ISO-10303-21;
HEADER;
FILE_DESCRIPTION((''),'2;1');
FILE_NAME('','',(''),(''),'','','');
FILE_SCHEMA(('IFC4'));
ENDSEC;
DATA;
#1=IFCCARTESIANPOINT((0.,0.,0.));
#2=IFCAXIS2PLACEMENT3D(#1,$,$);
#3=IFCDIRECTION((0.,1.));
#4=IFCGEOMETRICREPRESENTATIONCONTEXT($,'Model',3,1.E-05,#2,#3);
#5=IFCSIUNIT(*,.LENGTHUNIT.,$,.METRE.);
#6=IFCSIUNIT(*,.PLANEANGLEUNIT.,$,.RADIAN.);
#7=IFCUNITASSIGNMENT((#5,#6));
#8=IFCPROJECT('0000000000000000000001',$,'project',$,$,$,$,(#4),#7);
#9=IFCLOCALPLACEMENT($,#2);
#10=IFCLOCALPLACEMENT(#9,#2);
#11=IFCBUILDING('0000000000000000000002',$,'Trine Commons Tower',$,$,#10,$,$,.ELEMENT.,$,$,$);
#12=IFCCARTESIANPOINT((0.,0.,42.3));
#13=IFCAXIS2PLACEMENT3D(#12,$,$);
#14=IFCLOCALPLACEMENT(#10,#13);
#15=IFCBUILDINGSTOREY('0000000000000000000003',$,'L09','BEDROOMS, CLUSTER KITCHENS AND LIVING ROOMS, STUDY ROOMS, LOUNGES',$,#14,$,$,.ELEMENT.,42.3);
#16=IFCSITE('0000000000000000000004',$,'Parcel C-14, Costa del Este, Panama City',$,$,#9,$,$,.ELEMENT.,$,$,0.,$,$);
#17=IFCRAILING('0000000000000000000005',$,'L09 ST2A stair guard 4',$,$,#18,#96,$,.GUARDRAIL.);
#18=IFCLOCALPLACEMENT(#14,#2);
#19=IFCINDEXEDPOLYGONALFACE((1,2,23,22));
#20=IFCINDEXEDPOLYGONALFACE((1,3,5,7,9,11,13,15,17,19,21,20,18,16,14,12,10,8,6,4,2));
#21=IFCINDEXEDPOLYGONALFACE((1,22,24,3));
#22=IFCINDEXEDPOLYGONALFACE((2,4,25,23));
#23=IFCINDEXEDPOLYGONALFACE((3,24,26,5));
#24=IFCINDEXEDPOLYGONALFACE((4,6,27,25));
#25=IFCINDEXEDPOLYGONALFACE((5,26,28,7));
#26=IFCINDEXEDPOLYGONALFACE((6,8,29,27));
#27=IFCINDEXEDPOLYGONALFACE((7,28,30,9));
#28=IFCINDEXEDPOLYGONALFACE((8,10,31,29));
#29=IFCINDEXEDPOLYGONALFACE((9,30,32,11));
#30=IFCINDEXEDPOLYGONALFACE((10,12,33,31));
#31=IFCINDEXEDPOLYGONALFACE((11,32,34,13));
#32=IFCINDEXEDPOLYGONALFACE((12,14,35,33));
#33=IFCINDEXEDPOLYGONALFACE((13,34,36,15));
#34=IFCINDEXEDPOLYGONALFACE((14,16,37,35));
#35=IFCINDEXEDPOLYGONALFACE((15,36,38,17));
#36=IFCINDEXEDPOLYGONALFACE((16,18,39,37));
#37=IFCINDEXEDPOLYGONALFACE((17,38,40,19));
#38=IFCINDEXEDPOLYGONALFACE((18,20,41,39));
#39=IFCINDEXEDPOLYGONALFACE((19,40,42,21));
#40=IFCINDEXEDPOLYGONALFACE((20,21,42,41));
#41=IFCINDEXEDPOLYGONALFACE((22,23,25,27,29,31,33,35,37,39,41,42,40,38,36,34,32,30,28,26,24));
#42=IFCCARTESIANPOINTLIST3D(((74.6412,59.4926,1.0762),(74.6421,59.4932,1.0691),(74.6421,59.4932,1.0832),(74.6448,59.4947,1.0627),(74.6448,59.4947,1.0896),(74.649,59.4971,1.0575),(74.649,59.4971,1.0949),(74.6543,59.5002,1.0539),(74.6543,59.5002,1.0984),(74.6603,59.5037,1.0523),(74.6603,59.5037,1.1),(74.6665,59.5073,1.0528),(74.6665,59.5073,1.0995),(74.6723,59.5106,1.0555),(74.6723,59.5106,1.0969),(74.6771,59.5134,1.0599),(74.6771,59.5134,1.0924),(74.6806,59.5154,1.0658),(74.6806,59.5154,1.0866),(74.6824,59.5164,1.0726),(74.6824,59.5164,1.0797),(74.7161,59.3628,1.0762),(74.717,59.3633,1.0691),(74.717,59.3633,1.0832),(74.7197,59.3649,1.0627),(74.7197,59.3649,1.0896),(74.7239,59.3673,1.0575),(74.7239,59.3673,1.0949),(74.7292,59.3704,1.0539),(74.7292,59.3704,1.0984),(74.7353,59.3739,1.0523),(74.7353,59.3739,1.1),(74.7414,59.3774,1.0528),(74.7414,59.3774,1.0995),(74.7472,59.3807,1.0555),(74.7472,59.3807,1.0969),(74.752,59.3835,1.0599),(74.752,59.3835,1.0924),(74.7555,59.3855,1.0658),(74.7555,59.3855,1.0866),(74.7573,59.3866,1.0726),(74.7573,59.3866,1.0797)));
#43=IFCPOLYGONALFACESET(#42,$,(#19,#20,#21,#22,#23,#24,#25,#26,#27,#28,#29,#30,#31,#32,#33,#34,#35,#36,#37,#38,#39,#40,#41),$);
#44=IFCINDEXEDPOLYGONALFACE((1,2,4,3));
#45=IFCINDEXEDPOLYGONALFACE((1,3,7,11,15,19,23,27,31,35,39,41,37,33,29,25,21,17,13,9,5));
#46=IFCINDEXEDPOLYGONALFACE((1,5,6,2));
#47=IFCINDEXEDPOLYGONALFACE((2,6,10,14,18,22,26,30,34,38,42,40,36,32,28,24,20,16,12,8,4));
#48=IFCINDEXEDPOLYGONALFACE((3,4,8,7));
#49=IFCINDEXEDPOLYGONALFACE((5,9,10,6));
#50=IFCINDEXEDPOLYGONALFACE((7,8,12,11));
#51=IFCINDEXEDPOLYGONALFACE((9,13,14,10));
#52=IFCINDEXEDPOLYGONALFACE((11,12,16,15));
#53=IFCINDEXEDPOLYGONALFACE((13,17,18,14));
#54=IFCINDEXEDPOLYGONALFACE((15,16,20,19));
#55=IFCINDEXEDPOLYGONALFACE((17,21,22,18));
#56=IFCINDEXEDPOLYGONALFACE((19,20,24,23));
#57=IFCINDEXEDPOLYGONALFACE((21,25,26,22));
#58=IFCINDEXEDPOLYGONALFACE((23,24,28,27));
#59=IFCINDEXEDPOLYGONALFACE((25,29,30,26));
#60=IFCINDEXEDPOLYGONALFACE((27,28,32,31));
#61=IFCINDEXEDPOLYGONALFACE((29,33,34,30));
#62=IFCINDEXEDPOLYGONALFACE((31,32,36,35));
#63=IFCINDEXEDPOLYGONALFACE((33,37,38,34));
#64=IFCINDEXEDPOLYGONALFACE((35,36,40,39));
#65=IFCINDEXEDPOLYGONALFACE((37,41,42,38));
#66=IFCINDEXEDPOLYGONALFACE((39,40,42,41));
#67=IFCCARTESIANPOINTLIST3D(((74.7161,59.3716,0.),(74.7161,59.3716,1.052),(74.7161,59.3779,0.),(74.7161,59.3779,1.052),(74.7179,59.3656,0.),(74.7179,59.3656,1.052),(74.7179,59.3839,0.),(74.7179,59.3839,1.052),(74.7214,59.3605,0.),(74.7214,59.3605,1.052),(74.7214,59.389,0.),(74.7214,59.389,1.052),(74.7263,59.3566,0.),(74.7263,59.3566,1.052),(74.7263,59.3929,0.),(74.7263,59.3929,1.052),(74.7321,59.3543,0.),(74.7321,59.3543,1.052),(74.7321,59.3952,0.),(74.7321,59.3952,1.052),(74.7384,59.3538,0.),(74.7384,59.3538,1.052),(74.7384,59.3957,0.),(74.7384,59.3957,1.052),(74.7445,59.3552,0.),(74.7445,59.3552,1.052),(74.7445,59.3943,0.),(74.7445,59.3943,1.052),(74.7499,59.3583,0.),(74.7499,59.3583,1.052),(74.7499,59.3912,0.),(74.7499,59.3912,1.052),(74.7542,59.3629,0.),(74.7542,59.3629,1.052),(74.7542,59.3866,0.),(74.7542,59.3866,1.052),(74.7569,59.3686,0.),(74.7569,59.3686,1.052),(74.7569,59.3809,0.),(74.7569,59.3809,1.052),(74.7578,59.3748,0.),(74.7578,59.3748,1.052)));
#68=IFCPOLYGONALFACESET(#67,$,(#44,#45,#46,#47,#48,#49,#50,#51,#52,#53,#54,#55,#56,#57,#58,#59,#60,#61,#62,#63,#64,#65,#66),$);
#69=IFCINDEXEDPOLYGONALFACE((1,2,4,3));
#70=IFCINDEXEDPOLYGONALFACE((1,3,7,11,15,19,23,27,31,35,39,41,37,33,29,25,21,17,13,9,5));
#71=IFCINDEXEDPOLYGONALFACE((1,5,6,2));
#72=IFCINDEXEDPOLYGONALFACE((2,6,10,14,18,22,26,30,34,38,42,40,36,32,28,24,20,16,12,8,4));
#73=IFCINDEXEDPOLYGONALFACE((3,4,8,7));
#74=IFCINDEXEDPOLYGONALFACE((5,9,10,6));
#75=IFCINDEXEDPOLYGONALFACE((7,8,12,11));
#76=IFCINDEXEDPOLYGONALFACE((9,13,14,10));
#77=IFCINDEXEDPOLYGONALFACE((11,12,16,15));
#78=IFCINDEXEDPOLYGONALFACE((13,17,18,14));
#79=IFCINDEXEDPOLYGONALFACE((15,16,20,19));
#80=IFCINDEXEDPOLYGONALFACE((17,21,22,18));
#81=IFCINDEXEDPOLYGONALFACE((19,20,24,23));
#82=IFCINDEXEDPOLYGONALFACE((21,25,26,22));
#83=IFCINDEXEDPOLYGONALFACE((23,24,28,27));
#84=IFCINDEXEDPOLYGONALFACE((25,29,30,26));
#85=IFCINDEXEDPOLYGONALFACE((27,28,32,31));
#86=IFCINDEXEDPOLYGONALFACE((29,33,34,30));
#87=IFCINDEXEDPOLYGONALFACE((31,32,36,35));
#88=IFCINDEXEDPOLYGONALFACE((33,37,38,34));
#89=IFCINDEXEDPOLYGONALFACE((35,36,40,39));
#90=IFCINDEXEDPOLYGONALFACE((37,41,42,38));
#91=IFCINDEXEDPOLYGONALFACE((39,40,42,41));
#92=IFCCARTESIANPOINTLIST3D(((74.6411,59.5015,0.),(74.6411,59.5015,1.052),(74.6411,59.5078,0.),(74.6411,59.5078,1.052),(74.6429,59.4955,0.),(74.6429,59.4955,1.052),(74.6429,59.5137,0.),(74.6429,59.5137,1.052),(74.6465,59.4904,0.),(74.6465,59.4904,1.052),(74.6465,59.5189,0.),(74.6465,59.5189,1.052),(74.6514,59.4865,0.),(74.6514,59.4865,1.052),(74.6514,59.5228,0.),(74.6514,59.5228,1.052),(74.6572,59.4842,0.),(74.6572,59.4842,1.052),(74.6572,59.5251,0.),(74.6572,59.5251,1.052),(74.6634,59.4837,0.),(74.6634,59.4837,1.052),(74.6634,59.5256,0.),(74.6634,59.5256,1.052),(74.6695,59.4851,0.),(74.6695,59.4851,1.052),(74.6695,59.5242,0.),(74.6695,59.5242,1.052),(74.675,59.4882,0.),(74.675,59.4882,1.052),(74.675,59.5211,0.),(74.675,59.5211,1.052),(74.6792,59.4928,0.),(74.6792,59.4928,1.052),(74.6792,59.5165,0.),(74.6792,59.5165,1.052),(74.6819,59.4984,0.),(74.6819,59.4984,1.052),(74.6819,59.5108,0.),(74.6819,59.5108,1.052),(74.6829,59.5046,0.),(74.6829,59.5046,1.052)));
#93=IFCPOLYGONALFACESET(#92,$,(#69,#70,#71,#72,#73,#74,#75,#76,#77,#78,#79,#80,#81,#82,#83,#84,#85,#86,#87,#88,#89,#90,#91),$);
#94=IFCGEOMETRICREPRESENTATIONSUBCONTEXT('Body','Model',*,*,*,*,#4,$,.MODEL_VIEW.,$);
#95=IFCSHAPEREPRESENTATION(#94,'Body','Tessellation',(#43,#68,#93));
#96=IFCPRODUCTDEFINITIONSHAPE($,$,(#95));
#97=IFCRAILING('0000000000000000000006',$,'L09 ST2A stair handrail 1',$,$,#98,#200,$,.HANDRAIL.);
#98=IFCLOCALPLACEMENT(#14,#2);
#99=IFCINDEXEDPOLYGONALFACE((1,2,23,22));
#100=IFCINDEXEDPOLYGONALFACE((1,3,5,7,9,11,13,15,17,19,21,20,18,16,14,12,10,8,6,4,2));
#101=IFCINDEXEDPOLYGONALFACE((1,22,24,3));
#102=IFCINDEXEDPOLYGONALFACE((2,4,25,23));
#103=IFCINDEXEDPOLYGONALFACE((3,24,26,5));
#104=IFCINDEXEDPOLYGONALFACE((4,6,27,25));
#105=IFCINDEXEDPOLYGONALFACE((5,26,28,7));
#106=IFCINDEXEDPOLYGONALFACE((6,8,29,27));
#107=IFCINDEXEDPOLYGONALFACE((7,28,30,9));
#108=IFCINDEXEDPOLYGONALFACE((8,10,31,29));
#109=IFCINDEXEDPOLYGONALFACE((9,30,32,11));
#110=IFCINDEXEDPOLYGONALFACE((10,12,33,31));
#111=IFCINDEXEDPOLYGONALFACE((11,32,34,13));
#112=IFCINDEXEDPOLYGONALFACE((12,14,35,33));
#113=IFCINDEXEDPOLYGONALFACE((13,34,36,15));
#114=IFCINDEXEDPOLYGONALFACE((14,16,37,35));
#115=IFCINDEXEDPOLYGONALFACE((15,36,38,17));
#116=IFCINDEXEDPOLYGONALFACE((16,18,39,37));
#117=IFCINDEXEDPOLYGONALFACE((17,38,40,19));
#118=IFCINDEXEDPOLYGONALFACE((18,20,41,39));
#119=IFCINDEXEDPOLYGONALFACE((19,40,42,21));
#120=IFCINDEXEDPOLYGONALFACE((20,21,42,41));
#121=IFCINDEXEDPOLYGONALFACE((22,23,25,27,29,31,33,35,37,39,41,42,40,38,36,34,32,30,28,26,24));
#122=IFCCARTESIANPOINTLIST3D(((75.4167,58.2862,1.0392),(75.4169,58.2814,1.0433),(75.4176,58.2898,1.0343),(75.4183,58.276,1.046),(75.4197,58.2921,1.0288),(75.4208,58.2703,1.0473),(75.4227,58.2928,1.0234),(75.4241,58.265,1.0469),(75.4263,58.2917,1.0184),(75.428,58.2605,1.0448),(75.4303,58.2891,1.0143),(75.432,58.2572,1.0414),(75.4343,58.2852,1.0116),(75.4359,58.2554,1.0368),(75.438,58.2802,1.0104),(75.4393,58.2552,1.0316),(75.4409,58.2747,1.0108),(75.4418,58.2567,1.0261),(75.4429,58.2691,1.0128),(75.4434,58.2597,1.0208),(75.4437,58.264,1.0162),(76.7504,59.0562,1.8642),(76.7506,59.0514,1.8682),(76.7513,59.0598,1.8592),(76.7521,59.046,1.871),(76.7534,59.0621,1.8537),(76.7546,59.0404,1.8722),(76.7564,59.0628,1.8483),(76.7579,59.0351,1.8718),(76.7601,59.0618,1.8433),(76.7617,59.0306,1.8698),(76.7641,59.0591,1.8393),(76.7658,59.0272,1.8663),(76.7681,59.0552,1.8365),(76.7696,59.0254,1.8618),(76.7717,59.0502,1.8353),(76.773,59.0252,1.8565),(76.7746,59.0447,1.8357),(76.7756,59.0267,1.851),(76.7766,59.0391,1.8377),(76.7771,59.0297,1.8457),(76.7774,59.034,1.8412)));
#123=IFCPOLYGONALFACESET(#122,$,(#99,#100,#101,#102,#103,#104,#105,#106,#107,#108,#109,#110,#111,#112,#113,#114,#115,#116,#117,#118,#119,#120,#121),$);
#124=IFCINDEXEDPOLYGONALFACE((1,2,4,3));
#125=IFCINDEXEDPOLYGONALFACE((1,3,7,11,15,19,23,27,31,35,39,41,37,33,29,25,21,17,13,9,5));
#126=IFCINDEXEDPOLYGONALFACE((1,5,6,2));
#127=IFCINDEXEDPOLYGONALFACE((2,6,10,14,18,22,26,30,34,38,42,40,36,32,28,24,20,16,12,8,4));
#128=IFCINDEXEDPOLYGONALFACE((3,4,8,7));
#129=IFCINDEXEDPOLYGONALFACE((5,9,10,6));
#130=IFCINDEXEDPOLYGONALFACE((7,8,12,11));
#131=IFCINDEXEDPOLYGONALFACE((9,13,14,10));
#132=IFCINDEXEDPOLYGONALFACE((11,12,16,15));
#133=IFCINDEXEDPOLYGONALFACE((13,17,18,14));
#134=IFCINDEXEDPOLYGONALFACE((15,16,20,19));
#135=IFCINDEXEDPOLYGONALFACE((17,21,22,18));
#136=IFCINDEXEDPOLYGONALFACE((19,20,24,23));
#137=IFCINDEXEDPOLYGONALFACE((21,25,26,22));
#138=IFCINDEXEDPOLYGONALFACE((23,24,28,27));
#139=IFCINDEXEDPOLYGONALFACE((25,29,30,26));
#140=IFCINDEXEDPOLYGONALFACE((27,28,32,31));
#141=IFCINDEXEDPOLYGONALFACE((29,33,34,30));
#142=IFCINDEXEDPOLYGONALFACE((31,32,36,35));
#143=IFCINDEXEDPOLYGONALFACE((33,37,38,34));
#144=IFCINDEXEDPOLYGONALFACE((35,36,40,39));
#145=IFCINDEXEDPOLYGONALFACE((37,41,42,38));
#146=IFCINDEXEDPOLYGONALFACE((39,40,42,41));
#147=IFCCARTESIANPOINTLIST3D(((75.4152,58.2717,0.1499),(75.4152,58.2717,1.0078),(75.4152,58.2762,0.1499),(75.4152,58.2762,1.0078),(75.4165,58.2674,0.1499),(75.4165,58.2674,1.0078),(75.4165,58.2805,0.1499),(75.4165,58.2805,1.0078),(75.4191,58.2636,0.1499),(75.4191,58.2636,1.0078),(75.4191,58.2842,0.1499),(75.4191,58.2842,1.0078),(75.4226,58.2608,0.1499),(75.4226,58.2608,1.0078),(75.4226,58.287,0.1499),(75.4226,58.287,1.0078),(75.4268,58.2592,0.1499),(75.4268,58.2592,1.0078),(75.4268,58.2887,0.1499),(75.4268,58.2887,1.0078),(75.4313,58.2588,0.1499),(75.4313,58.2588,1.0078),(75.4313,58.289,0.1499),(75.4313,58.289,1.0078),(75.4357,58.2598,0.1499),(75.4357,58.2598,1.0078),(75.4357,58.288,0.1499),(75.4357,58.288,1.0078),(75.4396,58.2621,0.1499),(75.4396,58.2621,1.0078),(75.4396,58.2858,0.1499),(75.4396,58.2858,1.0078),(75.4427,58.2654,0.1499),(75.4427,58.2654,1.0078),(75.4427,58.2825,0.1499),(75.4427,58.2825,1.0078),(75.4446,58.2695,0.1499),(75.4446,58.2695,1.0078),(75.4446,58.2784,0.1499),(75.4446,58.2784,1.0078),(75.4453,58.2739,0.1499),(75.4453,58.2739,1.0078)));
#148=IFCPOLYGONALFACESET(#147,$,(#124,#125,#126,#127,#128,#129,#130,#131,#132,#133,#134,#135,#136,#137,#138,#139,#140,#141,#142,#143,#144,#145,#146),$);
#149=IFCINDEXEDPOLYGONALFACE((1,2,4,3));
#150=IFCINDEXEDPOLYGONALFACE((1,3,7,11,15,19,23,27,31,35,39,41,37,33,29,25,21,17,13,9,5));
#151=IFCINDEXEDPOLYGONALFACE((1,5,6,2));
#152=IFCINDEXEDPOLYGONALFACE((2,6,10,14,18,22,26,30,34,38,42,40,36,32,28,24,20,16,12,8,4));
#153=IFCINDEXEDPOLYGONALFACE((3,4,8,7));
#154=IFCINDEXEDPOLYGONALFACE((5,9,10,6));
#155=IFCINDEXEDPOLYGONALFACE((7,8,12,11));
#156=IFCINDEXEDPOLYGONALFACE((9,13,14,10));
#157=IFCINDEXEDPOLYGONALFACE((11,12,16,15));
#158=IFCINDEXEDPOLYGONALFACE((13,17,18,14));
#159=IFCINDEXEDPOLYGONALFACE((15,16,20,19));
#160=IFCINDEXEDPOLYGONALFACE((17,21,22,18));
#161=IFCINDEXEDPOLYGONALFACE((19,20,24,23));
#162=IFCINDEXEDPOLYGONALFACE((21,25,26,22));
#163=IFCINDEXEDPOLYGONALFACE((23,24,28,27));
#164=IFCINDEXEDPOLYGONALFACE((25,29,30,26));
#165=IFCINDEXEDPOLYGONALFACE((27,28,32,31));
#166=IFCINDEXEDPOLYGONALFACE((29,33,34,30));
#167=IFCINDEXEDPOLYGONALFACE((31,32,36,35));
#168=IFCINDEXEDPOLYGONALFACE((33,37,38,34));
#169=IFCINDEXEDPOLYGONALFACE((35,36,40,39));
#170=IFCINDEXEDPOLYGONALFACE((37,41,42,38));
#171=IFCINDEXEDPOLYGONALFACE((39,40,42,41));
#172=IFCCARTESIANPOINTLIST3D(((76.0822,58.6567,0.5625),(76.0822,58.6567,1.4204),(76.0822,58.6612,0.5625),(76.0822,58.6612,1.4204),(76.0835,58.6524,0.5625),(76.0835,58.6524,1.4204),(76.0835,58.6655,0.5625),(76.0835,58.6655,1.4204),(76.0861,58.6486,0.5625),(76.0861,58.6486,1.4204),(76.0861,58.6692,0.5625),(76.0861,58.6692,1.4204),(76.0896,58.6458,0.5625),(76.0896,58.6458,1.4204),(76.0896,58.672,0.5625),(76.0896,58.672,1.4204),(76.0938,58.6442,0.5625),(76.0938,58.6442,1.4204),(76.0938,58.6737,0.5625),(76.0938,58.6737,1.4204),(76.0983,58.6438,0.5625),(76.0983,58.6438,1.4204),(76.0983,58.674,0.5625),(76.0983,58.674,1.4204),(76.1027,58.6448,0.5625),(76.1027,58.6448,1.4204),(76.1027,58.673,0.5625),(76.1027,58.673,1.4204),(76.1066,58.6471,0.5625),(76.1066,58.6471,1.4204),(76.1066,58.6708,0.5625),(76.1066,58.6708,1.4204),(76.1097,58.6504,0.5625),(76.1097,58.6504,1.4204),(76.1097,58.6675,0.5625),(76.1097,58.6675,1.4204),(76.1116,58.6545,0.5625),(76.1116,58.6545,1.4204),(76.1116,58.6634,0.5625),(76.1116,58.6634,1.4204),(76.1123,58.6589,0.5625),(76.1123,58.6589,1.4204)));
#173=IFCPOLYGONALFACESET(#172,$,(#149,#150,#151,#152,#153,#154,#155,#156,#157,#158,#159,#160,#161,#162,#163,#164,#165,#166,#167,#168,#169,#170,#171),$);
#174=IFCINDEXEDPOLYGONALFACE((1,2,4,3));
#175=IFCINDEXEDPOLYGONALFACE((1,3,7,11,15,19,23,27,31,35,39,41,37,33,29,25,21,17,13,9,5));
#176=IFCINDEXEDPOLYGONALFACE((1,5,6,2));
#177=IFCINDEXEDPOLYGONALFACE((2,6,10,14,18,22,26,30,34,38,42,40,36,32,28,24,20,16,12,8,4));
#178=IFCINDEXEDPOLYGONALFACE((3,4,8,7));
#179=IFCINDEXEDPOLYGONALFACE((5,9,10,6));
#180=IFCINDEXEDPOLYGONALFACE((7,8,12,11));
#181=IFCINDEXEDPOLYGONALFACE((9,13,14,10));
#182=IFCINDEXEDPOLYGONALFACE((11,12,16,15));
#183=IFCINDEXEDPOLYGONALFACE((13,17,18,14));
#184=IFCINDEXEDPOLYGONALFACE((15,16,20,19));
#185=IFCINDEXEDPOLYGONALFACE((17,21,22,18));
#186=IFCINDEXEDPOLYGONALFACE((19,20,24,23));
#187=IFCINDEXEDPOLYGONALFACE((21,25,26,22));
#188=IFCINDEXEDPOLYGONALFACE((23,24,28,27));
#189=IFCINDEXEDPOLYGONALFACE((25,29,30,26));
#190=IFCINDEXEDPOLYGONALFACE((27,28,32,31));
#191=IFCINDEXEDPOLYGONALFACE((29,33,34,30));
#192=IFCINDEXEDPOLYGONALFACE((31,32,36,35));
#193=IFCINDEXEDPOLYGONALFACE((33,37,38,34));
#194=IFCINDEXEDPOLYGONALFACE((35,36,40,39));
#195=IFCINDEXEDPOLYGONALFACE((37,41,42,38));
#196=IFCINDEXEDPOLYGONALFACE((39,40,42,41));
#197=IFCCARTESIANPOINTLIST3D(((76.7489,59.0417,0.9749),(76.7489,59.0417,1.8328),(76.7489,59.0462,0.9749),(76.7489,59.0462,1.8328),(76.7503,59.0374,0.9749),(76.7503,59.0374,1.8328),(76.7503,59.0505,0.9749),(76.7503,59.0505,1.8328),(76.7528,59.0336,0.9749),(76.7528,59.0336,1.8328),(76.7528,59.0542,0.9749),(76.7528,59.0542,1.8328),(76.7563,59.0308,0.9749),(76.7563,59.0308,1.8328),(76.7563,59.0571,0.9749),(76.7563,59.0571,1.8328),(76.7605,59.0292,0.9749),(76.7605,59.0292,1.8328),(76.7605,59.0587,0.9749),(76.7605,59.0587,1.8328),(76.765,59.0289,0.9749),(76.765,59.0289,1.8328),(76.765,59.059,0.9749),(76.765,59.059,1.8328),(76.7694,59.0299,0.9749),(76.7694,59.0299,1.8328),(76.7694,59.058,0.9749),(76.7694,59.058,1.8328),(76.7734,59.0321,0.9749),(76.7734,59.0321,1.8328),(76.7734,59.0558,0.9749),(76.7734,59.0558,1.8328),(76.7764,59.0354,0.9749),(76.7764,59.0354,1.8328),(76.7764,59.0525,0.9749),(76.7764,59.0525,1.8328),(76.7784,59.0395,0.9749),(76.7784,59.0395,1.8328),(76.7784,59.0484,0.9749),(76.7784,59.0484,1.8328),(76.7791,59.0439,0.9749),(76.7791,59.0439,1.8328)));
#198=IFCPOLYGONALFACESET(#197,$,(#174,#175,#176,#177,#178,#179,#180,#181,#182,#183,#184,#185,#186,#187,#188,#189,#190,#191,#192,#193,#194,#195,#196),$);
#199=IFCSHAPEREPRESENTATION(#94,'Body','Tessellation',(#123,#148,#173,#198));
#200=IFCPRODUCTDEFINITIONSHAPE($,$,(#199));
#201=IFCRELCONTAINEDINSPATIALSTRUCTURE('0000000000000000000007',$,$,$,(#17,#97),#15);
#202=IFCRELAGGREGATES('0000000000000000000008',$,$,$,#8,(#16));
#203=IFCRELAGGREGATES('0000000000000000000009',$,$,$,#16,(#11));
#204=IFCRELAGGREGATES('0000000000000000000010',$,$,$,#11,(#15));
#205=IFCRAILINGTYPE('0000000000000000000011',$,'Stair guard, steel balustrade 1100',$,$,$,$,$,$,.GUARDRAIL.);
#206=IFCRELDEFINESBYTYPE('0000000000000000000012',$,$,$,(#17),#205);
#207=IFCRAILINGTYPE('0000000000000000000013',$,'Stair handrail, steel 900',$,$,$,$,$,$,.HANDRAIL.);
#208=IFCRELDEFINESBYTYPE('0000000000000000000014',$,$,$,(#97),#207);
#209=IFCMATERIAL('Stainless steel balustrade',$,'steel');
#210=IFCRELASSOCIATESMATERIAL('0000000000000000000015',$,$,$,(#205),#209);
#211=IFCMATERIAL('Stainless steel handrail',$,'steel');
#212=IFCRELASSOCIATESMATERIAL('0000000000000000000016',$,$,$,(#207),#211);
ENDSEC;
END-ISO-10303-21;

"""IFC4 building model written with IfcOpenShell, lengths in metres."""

from ifc_helpers import new_model, si_unit, direction, frame, origin, origin_2d, place, context, subcontext, project, spatial, circle, extrude, material, type_object, element, save


model = new_model("IFC4")

# Units and contexts
model_context = context("Model", 3, precision=1e-05, world=origin(), true_north=direction((0.0, 1.0)))
body_context = subcontext(model_context, "Body", "Model", "MODEL_VIEW")
ifc_project = project(units=[si_unit("LENGTHUNIT", "METRE"), si_unit("PLANEANGLEUNIT", "RADIAN")], contexts=[model_context])

# Site, building, storey
site_placement = place(None, origin())
site = spatial("IfcSite", under=ifc_project, at=site_placement, Name="Parcel C-14, Costa del Este, Panama City", CompositionType="ELEMENT", RefElevation=0.0)
building_placement = place(site_placement, origin())
building = spatial("IfcBuilding", under=site, at=building_placement, Name="Trine Commons Tower", CompositionType="ELEMENT")
storey_placement = place(building_placement, frame((0.0, 0.0, 42.3)))
storey = spatial("IfcBuildingStorey", under=building, at=storey_placement, Name="L09", Description="BEDROOMS, CLUSTER KITCHENS AND LIVING ROOMS, STUDY ROOMS, LOUNGES", CompositionType="ELEMENT", Elevation=42.3)

# Railings
ifc_material_1 = material(Name="Stainless steel balustrade", Category="steel")
railing_type_1 = type_object("IfcRailingType", Name="Stair guard, steel balustrade 1100", PredefinedType="GUARDRAIL", material=ifc_material_1)
railing_1_placement = place(storey_placement, frame((74.7368, 59.3748, 0.0)))
element("IfcRailing", 1, at=railing_1_placement, inside=storey, type_object=railing_type_1, Name="L09 ST2A stair guard 4", PredefinedType="GUARDRAIL", context=body_context, shape_type="SweptSolid", body=[
    extrude(circle(Radius=0.0239, at=origin_2d()), frame((0.0, 0.0, 1.0762), z_axis=(-0.499816, 0.866131, 0.0), x_axis=(-0.866131, -0.499816, 0.0)), (0.0, 0.0, 1.0), 0.1499),
    extrude(circle(Radius=0.021, at=origin_2d()), origin(), (0.0, 0.0, 1.0), 1.052),
    extrude(circle(Radius=0.021, at=origin_2d()), frame((-0.075, 0.1299, 0.0)), (0.0, 0.0, 1.0), 1.052),
])
ifc_material_2 = material(Name="Stainless steel handrail", Category="steel")
railing_type_2 = type_object("IfcRailingType", Name="Stair handrail, steel 900", PredefinedType="HANDRAIL", material=ifc_material_2)
railing_2_placement = place(storey_placement, frame((75.4302, 58.2739, 0.1499)))
element("IfcRailing", 2, at=railing_2_placement, inside=storey, type_object=railing_type_2, Name="L09 ST2A stair handrail 1", PredefinedType="HANDRAIL", context=body_context, shape_type="SweptSolid", body=[
    extrude(circle(Radius=0.021, at=origin_2d()), frame((0.0, 0.0, 0.8789), z_axis=(0.763405, 0.440743, 0.472185), x_axis=(-0.499992, 0.86603, 0.0)), (0.0, 0.0, 1.0), 1.7471),
    extrude(circle(Radius=0.0151, at=origin_2d()), origin(), (0.0, 0.0, 1.0), 0.8579),
    extrude(circle(Radius=0.0151, at=origin_2d()), frame((0.667, 0.385, 0.4126)), (0.0, 0.0, 1.0), 0.8579),
    extrude(circle(Radius=0.0151, at=origin_2d()), frame((1.3337, 0.77, 0.825)), (0.0, 0.0, 1.0), 0.8579),
])

save(model, "model.ifc")
